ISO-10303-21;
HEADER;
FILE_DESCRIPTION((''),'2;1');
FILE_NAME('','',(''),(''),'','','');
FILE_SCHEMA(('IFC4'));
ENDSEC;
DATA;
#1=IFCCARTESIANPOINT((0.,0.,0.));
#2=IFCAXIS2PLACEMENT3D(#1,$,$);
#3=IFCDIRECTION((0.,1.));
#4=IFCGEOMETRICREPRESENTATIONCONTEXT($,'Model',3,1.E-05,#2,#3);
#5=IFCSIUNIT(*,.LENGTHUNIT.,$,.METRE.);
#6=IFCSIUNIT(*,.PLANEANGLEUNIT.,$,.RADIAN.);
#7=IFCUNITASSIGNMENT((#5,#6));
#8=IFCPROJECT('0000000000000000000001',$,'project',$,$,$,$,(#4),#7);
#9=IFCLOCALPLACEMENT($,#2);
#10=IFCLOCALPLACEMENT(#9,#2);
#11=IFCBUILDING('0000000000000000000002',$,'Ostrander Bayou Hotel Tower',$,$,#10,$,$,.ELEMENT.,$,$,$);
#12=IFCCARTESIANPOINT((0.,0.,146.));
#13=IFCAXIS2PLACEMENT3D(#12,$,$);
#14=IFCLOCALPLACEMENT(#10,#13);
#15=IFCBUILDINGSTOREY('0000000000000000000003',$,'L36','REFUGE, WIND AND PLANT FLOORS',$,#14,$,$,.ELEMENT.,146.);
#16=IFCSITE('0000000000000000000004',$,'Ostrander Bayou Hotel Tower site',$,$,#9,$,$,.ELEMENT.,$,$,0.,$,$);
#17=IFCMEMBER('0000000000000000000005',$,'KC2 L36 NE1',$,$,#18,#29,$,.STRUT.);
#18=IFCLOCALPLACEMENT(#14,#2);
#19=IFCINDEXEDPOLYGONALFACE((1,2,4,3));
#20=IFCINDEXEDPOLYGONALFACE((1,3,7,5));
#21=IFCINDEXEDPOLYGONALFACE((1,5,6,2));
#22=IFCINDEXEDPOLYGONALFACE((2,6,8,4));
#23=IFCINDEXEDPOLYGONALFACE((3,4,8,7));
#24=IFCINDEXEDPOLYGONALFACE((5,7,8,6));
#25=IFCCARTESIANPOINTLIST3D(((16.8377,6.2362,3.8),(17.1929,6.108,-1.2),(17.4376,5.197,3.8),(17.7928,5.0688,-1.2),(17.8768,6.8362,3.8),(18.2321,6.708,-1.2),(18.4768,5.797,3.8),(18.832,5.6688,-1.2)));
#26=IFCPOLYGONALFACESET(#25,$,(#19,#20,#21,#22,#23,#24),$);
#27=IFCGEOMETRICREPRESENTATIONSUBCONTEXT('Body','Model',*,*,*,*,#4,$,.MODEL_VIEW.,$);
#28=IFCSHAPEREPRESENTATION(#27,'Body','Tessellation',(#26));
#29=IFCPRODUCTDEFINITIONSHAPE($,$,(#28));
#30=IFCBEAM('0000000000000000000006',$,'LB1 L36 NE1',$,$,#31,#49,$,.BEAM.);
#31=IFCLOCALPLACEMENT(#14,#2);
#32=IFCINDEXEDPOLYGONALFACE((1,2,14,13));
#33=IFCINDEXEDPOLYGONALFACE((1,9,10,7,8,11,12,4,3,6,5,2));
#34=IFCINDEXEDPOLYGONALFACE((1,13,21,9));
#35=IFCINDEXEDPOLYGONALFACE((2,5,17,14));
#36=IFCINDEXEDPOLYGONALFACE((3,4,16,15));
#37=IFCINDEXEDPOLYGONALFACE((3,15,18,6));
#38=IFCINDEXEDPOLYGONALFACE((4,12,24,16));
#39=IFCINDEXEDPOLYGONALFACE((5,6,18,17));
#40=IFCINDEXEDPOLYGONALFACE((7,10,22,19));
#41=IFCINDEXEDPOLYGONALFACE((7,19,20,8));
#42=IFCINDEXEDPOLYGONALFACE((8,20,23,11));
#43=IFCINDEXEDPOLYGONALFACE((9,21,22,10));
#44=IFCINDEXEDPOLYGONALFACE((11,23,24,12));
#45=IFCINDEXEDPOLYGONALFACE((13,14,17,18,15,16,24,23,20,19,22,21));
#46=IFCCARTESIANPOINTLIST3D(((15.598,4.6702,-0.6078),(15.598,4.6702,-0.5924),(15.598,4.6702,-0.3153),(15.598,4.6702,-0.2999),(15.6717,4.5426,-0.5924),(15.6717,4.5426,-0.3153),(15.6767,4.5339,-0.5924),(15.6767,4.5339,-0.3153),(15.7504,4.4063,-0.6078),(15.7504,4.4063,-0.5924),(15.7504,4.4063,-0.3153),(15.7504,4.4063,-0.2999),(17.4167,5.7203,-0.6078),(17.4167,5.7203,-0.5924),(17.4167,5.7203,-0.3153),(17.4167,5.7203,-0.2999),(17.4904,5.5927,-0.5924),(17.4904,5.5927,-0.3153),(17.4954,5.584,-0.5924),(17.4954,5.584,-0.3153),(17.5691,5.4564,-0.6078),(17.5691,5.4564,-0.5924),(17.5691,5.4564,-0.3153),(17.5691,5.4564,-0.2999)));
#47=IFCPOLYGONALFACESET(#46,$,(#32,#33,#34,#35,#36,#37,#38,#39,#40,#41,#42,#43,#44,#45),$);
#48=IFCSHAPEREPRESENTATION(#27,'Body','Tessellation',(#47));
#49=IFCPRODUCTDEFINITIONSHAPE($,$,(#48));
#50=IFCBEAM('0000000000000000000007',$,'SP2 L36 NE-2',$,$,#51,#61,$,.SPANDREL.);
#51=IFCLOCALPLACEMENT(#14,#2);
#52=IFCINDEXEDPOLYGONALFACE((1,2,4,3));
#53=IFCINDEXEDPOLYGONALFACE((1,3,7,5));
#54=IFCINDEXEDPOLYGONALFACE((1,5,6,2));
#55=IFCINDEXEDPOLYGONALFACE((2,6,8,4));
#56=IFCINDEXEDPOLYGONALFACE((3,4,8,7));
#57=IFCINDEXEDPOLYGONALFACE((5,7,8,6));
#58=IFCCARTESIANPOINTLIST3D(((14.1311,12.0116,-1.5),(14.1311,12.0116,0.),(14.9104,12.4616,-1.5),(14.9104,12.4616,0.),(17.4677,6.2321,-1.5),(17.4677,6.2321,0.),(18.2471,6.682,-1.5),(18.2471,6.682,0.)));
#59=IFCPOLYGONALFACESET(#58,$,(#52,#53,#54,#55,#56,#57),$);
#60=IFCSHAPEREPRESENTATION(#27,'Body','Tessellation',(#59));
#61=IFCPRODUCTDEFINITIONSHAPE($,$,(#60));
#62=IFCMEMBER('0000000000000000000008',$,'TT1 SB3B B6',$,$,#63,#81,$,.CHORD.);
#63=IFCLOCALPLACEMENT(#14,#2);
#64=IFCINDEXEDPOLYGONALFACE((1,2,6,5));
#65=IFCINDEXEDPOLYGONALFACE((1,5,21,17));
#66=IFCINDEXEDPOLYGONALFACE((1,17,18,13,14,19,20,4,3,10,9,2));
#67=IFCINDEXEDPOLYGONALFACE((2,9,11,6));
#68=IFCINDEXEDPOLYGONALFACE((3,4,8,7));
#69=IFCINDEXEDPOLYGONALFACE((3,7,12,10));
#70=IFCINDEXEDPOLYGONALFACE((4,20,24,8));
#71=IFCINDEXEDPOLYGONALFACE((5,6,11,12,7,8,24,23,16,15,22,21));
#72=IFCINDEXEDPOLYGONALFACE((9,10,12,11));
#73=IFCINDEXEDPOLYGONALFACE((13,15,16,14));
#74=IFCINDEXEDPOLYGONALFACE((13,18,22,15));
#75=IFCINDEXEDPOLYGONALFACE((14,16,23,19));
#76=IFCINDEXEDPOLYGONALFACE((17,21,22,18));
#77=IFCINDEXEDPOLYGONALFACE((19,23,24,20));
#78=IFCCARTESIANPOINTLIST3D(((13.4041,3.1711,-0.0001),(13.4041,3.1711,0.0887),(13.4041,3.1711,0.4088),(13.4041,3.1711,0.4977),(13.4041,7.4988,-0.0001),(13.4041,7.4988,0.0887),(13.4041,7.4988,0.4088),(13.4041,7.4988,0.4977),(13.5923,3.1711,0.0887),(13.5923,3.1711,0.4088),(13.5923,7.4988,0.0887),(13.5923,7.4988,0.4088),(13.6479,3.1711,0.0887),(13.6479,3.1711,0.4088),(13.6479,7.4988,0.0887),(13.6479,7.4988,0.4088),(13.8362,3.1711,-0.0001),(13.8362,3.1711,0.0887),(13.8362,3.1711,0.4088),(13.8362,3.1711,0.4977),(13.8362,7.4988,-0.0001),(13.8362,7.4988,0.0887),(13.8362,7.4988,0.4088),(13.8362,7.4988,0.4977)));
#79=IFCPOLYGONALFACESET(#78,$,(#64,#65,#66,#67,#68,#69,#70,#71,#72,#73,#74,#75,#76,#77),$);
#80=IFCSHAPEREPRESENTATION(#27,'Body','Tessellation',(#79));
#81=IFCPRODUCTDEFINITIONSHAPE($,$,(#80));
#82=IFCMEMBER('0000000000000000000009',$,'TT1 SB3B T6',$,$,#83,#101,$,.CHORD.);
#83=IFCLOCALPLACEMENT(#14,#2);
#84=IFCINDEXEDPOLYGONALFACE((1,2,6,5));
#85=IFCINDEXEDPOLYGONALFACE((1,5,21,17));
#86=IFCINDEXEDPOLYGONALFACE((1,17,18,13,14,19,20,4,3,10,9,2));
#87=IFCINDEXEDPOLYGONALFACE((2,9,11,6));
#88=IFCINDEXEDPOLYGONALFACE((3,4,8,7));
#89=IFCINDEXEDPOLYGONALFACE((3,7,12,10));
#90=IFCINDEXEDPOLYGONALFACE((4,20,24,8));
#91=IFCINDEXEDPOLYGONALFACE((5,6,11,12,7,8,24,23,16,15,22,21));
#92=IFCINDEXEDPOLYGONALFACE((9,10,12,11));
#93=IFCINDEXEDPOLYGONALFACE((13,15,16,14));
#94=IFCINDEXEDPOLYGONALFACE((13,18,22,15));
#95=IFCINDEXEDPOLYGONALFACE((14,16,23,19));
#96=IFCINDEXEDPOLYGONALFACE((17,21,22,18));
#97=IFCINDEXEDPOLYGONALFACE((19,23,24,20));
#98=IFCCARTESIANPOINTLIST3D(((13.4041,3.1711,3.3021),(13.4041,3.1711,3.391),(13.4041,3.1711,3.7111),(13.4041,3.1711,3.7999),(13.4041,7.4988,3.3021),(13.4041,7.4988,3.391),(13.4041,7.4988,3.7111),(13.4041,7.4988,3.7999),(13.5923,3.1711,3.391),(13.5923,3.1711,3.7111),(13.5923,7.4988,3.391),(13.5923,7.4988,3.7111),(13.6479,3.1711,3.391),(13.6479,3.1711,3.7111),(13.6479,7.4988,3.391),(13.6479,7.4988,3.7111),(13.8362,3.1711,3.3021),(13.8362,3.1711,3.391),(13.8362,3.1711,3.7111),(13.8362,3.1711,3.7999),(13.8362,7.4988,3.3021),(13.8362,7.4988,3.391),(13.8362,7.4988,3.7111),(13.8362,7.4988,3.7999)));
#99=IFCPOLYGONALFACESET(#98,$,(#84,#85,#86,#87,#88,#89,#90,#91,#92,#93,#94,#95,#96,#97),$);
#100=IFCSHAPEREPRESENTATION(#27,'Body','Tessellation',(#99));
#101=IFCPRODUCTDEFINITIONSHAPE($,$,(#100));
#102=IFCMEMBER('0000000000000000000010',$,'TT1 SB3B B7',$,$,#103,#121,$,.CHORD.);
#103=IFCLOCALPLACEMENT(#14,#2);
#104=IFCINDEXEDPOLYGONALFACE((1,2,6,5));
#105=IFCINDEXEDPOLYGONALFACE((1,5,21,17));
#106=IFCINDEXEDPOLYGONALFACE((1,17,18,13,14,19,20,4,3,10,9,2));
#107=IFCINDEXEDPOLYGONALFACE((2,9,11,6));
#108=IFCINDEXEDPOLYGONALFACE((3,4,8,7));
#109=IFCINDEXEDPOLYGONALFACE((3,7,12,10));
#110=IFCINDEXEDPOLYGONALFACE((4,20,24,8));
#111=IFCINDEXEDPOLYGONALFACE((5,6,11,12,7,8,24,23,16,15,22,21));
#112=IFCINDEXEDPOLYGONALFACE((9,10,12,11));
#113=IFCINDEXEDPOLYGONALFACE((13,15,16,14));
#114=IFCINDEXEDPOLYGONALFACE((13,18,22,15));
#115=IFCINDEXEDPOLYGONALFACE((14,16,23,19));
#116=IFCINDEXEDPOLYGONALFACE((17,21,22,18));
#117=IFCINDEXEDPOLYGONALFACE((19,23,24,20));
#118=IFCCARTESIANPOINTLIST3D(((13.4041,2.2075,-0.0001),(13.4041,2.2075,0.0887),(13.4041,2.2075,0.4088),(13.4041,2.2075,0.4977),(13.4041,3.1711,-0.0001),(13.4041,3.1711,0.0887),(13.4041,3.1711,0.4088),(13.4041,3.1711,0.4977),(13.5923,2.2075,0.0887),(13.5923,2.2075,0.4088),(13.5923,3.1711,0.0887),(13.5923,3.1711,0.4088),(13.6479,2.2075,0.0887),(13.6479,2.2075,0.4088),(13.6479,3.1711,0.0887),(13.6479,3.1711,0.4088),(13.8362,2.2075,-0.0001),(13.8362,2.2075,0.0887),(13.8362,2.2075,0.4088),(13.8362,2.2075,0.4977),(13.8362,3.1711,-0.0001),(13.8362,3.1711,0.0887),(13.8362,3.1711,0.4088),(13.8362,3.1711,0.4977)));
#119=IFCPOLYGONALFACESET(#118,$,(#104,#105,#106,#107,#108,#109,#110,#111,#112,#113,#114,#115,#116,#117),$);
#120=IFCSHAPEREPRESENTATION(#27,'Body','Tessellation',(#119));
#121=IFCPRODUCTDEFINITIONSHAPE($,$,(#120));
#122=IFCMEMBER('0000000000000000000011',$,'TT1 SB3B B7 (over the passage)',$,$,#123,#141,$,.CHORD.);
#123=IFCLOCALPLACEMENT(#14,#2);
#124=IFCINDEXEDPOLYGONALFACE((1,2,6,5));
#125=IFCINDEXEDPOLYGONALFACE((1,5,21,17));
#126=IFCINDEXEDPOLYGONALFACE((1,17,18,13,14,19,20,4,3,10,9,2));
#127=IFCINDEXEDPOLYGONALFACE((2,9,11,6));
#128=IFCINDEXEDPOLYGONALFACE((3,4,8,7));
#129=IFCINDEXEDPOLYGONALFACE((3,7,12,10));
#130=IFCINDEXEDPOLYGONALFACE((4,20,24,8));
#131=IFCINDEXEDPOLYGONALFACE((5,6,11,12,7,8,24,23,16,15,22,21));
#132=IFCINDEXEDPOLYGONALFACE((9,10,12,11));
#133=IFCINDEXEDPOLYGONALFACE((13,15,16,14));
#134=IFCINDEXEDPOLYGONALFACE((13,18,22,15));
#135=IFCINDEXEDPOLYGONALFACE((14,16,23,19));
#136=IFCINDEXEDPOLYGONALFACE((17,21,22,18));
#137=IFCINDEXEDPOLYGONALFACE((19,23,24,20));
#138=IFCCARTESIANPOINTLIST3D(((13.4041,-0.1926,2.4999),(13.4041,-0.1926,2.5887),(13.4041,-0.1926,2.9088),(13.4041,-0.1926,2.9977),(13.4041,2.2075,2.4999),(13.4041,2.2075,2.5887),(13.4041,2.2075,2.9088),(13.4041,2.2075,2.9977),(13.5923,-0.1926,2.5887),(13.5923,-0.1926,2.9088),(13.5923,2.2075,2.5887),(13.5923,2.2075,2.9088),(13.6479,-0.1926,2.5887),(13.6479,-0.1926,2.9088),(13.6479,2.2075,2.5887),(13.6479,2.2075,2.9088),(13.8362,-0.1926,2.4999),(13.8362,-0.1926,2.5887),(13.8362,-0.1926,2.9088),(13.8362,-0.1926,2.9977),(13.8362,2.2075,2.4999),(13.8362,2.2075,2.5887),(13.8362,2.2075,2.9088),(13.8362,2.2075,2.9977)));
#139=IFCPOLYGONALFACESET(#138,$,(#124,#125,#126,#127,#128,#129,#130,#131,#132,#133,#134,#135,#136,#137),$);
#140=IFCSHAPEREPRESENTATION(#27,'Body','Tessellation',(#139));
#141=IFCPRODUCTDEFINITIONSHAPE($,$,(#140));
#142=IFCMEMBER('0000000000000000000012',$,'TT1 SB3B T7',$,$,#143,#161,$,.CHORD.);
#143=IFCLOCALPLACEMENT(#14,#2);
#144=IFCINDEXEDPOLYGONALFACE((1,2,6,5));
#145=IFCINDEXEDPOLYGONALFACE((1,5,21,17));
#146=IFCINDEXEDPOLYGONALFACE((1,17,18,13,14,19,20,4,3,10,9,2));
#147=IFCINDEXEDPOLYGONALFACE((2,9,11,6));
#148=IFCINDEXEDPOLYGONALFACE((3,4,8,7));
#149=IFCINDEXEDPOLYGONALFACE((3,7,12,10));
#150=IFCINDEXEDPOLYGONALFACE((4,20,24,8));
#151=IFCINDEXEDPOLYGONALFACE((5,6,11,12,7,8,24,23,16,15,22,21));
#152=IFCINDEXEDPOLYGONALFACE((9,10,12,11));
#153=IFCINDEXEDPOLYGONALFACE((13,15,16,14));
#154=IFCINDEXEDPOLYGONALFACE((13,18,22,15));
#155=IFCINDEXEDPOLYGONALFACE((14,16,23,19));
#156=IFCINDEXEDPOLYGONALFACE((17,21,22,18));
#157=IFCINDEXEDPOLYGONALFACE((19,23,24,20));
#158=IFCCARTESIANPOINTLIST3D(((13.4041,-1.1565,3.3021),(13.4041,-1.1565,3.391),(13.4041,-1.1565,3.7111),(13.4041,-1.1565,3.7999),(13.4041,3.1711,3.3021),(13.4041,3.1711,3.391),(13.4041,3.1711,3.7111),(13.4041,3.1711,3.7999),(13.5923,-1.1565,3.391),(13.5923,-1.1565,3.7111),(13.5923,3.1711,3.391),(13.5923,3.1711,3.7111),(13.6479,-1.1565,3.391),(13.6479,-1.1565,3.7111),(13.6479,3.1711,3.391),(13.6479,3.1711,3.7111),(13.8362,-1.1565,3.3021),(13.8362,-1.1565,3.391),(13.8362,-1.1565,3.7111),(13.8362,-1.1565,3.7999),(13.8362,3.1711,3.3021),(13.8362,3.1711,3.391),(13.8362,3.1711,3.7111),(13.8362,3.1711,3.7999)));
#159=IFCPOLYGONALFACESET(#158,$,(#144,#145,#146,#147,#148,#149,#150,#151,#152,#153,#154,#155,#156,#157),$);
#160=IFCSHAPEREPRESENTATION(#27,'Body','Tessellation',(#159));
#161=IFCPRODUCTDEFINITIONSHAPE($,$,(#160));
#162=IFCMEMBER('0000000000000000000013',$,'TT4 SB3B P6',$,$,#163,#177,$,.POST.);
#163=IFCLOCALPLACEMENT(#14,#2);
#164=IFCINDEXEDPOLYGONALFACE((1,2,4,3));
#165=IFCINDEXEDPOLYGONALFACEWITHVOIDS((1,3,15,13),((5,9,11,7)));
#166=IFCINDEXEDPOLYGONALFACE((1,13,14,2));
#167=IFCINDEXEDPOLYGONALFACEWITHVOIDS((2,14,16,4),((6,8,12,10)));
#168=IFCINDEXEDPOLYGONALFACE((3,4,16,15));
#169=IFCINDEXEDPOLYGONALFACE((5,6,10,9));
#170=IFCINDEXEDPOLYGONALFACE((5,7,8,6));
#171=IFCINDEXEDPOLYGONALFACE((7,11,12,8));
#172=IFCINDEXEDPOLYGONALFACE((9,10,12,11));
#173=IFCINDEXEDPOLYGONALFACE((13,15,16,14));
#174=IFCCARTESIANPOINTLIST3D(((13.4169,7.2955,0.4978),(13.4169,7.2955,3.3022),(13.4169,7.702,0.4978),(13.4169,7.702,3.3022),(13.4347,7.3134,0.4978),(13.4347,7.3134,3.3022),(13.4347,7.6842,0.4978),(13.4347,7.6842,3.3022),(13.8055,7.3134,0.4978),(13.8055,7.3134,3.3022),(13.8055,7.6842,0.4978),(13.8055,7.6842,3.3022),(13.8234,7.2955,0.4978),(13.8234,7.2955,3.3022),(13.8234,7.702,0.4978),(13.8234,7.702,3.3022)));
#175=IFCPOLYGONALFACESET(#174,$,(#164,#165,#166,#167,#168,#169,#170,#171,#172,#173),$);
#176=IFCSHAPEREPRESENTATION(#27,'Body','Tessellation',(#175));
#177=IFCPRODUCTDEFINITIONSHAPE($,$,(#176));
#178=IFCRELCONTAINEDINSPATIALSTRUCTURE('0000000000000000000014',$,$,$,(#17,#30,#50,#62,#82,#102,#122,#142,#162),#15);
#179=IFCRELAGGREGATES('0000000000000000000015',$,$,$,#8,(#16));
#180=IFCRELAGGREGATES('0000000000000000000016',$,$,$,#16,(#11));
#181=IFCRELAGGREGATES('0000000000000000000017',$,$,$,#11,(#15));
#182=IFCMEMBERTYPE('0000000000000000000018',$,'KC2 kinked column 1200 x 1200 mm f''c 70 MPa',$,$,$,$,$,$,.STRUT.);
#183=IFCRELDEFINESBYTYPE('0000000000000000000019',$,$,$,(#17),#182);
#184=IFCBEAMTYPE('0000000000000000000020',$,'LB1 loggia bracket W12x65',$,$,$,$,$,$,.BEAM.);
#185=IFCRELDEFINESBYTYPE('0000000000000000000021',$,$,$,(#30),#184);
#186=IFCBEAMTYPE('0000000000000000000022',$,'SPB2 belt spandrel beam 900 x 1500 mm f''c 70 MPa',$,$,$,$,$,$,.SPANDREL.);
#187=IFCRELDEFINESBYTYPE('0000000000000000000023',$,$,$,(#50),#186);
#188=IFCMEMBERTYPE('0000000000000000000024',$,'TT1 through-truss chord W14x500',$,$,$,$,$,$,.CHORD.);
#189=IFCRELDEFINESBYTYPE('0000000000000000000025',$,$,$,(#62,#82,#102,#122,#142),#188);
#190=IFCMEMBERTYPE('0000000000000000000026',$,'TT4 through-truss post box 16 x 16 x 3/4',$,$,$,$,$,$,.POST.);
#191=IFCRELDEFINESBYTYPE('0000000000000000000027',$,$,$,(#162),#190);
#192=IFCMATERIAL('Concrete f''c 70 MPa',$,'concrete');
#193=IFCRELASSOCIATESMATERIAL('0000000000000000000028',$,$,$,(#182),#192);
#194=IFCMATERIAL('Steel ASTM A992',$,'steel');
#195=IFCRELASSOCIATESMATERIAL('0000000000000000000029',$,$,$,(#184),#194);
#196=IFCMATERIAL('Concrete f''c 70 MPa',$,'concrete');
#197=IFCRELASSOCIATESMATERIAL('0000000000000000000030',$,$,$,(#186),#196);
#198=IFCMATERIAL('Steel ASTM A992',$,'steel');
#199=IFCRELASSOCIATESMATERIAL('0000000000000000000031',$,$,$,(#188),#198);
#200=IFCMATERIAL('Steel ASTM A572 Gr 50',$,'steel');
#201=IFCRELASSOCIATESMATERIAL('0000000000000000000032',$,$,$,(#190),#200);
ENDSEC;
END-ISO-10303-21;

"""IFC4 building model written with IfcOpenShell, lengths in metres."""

from ifc_helpers import new_model, si_unit, direction, frame, origin, origin_2d, place, context, subcontext, project, spatial, rectangle, hollow_rectangle, i_section, extrude, material, material_profile, profile_set, type_object, element, save


model = new_model("IFC4")

# Units and contexts
model_context = context("Model", 3, precision=1e-05, world=origin(), true_north=direction((0.0, 1.0)))
body_context = subcontext(model_context, "Body", "Model", "MODEL_VIEW")
ifc_project = project(units=[si_unit("LENGTHUNIT", "METRE"), si_unit("PLANEANGLEUNIT", "RADIAN")], contexts=[model_context])

# Site, building, storey
site_placement = place(None, origin())
site = spatial("IfcSite", under=ifc_project, at=site_placement, Name="Ostrander Bayou Hotel Tower site", CompositionType="ELEMENT", RefElevation=0.0)
building_placement = place(site_placement, origin())
building = spatial("IfcBuilding", under=site, at=building_placement, Name="Ostrander Bayou Hotel Tower", CompositionType="ELEMENT")
storey_placement = place(building_placement, frame((0.0, 0.0, 146.0)))
storey = spatial("IfcBuildingStorey", under=building, at=storey_placement, Name="L36", Description="REFUGE, WIND AND PLANT FLOORS", CompositionType="ELEMENT", Elevation=146.0)

# Member
ifc_material_1 = material(Name="Concrete f'c 70 MPa", Category="concrete")
ifc_material_profile_1 = material_profile(ifc_material_1, rectangle(XDim=1.2, YDim=1.2, at=origin_2d()))
ifc_profile_set_1 = profile_set([ifc_material_profile_1], Name="Concrete f'c 70 MPa")
member_type_1 = type_object("IfcMemberType", Name="KC2 kinked column 1200 x 1200 mm f'c 70 MPa", PredefinedType="STRUT", material=ifc_profile_set_1)
member_1_placement = place(storey_placement, frame((18.0125, 5.8884, -1.2), z_axis=(0.0, 0.0, 1.0), x_axis=(0.5, -0.866025, 0.0)))
element("IfcMember", 1, at=member_1_placement, inside=storey, type_object=member_type_1, Name="KC2 L36 NE1", PredefinedType="STRUT", context=body_context, shape_type="SweptSolid", body=[
    extrude(rectangle(XDim=1.2, YDim=1.2, at=origin_2d()), origin(), (-0.057559, -0.048571, 0.99716), 5.0142),
])

# Beams
ifc_material_2 = material(Name="Steel ASTM A992", Category="steel")
ifc_material_profile_2 = material_profile(ifc_material_2, i_section(OverallWidth=0.3047, OverallDepth=0.3079, WebThickness=0.01, FlangeThickness=0.0154, at=origin_2d()))
ifc_profile_set_2 = profile_set([ifc_material_profile_2], Name="Steel ASTM A992")
beam_type_1 = type_object("IfcBeamType", Name="LB1 loggia bracket W12x65", PredefinedType="BEAM", material=ifc_profile_set_2)
beam_1_placement = place(storey_placement, frame((17.4929, 5.5884, -0.4539), z_axis=(-0.866009, -0.500028, 0.0), x_axis=(0.500028, -0.866009, 0.0)))
element("IfcBeam", 2, at=beam_1_placement, inside=storey, type_object=beam_type_1, Name="LB1 L36 NE1", PredefinedType="BEAM", context=body_context, shape_type="SweptSolid", body=[
    extrude(i_section(OverallWidth=0.3047, OverallDepth=0.3079, WebThickness=0.01, FlangeThickness=0.0154, at=origin_2d()), origin(), (0.0, 0.0, 1.0), 2.1001),
])
ifc_material_3 = material(Name="Concrete f'c 70 MPa", Category="concrete")
ifc_material_profile_3 = material_profile(ifc_material_3, rectangle(XDim=0.8999, YDim=1.5, at=origin_2d()))
ifc_profile_set_3 = profile_set([ifc_material_profile_3], Name="Concrete f'c 70 MPa")
beam_type_2 = type_object("IfcBeamType", Name="SPB2 belt spandrel beam 900 x 1500 mm f'c 70 MPa", PredefinedType="SPANDREL", material=ifc_profile_set_3)
beam_2_placement = place(storey_placement, frame((17.8574, 6.457, -0.75), z_axis=(-0.499983, 0.866035, 0.0), x_axis=(-0.866035, -0.499983, 0.0)))
element("IfcBeam", 3, at=beam_2_placement, inside=storey, type_object=beam_type_2, Name="SP2 L36 NE-2", PredefinedType="SPANDREL", context=body_context, shape_type="SweptSolid", body=[
    extrude(rectangle(XDim=0.8999, YDim=1.5, at=origin_2d()), origin(), (0.0, 0.0, 1.0), 6.6736),
])

# Members
ifc_material_4 = material(Name="Steel ASTM A992", Category="steel")
ifc_material_profile_4 = material_profile(ifc_material_4, i_section(OverallWidth=0.4321, OverallDepth=0.4978, WebThickness=0.0557, FlangeThickness=0.0889, at=origin_2d()))
ifc_profile_set_4 = profile_set([ifc_material_profile_4], Name="Steel ASTM A992")
member_type_2 = type_object("IfcMemberType", Name="TT1 through-truss chord W14x500", PredefinedType="CHORD", material=ifc_profile_set_4)
for number, where, z_axis, x_axis, name in (
    (4, (13.6201, 7.4988, 0.2488), (0.0, -1.0, 0.0), (1.0, 0.0, 0.0), "TT1 SB3B B6"),
    (5, (13.6201, 7.4988, 3.551), (0.0, -1.0, 0.0), (1.0, 0.0, 0.0), "TT1 SB3B T6"),
):
    element("IfcMember", number, at=place(storey_placement, frame(where, z_axis=z_axis, x_axis=x_axis)), inside=storey, type_object=member_type_2, Name=name, PredefinedType="CHORD", context=body_context, shape_type="SweptSolid", body=[
        extrude(i_section(OverallWidth=0.4321, OverallDepth=0.4978, WebThickness=0.0557, FlangeThickness=0.0889, at=origin_2d()), origin(), (0.0, 0.0, 1.0), 4.3276),
    ])
member_2_placement = place(storey_placement, frame((13.6201, 3.1711, 0.2488), z_axis=(0.0, -1.0, 0.0), x_axis=(1.0, 0.0, 0.0)))
element("IfcMember", 6, at=member_2_placement, inside=storey, type_object=member_type_2, Name="TT1 SB3B B7", PredefinedType="CHORD", context=body_context, shape_type="SweptSolid", body=[
    extrude(i_section(OverallWidth=0.4321, OverallDepth=0.4978, WebThickness=0.0557, FlangeThickness=0.0889, at=origin_2d()), origin(), (0.0, 0.0, 1.0), 0.9636),
])
member_3_placement = place(storey_placement, frame((13.6201, 2.2075, 2.7488), z_axis=(0.0, -1.0, 0.0), x_axis=(1.0, 0.0, 0.0)))
element("IfcMember", 7, at=member_3_placement, inside=storey, type_object=member_type_2, Name="TT1 SB3B B7 (over the passage)", PredefinedType="CHORD", context=body_context, shape_type="SweptSolid", body=[
    extrude(i_section(OverallWidth=0.4321, OverallDepth=0.4978, WebThickness=0.0557, FlangeThickness=0.0889, at=origin_2d()), origin(), (0.0, 0.0, 1.0), 2.4001),
])
member_4_placement = place(storey_placement, frame((13.6201, 3.1711, 3.551), z_axis=(0.0, -1.0, 0.0), x_axis=(1.0, 0.0, 0.0)))
element("IfcMember", 8, at=member_4_placement, inside=storey, type_object=member_type_2, Name="TT1 SB3B T7", PredefinedType="CHORD", context=body_context, shape_type="SweptSolid", body=[
    extrude(i_section(OverallWidth=0.4321, OverallDepth=0.4978, WebThickness=0.0557, FlangeThickness=0.0889, at=origin_2d()), origin(), (0.0, 0.0, 1.0), 4.3276),
])
ifc_material_5 = material(Name="Steel ASTM A572 Gr 50", Category="steel")
ifc_material_profile_5 = material_profile(ifc_material_5, hollow_rectangle(XDim=0.4065, YDim=0.4065, WallThickness=0.0178, at=origin_2d()))
ifc_profile_set_5 = profile_set([ifc_material_profile_5], Name="Steel ASTM A572 Gr 50")
member_type_3 = type_object("IfcMemberType", Name="TT4 through-truss post box 16 x 16 x 3/4", PredefinedType="POST", material=ifc_profile_set_5)
for number, where, z_axis, x_axis, name in (
    (9, (13.6201, 7.4988, 0.4978), (0.0, 0.0, 1.0), (1.0, 0.0, 0.0), "TT4 SB3B P6"),
):
    element("IfcMember", number, at=place(storey_placement, frame(where, z_axis=z_axis, x_axis=x_axis)), inside=storey, type_object=member_type_3, Name=name, PredefinedType="POST", context=body_context, shape_type="SweptSolid", body=[
        extrude(hollow_rectangle(XDim=0.4065, YDim=0.4065, WallThickness=0.0178, at=origin_2d()), origin(), (0.0, 0.0, 1.0), 2.8044),
    ])

save(model, "model.ifc")
